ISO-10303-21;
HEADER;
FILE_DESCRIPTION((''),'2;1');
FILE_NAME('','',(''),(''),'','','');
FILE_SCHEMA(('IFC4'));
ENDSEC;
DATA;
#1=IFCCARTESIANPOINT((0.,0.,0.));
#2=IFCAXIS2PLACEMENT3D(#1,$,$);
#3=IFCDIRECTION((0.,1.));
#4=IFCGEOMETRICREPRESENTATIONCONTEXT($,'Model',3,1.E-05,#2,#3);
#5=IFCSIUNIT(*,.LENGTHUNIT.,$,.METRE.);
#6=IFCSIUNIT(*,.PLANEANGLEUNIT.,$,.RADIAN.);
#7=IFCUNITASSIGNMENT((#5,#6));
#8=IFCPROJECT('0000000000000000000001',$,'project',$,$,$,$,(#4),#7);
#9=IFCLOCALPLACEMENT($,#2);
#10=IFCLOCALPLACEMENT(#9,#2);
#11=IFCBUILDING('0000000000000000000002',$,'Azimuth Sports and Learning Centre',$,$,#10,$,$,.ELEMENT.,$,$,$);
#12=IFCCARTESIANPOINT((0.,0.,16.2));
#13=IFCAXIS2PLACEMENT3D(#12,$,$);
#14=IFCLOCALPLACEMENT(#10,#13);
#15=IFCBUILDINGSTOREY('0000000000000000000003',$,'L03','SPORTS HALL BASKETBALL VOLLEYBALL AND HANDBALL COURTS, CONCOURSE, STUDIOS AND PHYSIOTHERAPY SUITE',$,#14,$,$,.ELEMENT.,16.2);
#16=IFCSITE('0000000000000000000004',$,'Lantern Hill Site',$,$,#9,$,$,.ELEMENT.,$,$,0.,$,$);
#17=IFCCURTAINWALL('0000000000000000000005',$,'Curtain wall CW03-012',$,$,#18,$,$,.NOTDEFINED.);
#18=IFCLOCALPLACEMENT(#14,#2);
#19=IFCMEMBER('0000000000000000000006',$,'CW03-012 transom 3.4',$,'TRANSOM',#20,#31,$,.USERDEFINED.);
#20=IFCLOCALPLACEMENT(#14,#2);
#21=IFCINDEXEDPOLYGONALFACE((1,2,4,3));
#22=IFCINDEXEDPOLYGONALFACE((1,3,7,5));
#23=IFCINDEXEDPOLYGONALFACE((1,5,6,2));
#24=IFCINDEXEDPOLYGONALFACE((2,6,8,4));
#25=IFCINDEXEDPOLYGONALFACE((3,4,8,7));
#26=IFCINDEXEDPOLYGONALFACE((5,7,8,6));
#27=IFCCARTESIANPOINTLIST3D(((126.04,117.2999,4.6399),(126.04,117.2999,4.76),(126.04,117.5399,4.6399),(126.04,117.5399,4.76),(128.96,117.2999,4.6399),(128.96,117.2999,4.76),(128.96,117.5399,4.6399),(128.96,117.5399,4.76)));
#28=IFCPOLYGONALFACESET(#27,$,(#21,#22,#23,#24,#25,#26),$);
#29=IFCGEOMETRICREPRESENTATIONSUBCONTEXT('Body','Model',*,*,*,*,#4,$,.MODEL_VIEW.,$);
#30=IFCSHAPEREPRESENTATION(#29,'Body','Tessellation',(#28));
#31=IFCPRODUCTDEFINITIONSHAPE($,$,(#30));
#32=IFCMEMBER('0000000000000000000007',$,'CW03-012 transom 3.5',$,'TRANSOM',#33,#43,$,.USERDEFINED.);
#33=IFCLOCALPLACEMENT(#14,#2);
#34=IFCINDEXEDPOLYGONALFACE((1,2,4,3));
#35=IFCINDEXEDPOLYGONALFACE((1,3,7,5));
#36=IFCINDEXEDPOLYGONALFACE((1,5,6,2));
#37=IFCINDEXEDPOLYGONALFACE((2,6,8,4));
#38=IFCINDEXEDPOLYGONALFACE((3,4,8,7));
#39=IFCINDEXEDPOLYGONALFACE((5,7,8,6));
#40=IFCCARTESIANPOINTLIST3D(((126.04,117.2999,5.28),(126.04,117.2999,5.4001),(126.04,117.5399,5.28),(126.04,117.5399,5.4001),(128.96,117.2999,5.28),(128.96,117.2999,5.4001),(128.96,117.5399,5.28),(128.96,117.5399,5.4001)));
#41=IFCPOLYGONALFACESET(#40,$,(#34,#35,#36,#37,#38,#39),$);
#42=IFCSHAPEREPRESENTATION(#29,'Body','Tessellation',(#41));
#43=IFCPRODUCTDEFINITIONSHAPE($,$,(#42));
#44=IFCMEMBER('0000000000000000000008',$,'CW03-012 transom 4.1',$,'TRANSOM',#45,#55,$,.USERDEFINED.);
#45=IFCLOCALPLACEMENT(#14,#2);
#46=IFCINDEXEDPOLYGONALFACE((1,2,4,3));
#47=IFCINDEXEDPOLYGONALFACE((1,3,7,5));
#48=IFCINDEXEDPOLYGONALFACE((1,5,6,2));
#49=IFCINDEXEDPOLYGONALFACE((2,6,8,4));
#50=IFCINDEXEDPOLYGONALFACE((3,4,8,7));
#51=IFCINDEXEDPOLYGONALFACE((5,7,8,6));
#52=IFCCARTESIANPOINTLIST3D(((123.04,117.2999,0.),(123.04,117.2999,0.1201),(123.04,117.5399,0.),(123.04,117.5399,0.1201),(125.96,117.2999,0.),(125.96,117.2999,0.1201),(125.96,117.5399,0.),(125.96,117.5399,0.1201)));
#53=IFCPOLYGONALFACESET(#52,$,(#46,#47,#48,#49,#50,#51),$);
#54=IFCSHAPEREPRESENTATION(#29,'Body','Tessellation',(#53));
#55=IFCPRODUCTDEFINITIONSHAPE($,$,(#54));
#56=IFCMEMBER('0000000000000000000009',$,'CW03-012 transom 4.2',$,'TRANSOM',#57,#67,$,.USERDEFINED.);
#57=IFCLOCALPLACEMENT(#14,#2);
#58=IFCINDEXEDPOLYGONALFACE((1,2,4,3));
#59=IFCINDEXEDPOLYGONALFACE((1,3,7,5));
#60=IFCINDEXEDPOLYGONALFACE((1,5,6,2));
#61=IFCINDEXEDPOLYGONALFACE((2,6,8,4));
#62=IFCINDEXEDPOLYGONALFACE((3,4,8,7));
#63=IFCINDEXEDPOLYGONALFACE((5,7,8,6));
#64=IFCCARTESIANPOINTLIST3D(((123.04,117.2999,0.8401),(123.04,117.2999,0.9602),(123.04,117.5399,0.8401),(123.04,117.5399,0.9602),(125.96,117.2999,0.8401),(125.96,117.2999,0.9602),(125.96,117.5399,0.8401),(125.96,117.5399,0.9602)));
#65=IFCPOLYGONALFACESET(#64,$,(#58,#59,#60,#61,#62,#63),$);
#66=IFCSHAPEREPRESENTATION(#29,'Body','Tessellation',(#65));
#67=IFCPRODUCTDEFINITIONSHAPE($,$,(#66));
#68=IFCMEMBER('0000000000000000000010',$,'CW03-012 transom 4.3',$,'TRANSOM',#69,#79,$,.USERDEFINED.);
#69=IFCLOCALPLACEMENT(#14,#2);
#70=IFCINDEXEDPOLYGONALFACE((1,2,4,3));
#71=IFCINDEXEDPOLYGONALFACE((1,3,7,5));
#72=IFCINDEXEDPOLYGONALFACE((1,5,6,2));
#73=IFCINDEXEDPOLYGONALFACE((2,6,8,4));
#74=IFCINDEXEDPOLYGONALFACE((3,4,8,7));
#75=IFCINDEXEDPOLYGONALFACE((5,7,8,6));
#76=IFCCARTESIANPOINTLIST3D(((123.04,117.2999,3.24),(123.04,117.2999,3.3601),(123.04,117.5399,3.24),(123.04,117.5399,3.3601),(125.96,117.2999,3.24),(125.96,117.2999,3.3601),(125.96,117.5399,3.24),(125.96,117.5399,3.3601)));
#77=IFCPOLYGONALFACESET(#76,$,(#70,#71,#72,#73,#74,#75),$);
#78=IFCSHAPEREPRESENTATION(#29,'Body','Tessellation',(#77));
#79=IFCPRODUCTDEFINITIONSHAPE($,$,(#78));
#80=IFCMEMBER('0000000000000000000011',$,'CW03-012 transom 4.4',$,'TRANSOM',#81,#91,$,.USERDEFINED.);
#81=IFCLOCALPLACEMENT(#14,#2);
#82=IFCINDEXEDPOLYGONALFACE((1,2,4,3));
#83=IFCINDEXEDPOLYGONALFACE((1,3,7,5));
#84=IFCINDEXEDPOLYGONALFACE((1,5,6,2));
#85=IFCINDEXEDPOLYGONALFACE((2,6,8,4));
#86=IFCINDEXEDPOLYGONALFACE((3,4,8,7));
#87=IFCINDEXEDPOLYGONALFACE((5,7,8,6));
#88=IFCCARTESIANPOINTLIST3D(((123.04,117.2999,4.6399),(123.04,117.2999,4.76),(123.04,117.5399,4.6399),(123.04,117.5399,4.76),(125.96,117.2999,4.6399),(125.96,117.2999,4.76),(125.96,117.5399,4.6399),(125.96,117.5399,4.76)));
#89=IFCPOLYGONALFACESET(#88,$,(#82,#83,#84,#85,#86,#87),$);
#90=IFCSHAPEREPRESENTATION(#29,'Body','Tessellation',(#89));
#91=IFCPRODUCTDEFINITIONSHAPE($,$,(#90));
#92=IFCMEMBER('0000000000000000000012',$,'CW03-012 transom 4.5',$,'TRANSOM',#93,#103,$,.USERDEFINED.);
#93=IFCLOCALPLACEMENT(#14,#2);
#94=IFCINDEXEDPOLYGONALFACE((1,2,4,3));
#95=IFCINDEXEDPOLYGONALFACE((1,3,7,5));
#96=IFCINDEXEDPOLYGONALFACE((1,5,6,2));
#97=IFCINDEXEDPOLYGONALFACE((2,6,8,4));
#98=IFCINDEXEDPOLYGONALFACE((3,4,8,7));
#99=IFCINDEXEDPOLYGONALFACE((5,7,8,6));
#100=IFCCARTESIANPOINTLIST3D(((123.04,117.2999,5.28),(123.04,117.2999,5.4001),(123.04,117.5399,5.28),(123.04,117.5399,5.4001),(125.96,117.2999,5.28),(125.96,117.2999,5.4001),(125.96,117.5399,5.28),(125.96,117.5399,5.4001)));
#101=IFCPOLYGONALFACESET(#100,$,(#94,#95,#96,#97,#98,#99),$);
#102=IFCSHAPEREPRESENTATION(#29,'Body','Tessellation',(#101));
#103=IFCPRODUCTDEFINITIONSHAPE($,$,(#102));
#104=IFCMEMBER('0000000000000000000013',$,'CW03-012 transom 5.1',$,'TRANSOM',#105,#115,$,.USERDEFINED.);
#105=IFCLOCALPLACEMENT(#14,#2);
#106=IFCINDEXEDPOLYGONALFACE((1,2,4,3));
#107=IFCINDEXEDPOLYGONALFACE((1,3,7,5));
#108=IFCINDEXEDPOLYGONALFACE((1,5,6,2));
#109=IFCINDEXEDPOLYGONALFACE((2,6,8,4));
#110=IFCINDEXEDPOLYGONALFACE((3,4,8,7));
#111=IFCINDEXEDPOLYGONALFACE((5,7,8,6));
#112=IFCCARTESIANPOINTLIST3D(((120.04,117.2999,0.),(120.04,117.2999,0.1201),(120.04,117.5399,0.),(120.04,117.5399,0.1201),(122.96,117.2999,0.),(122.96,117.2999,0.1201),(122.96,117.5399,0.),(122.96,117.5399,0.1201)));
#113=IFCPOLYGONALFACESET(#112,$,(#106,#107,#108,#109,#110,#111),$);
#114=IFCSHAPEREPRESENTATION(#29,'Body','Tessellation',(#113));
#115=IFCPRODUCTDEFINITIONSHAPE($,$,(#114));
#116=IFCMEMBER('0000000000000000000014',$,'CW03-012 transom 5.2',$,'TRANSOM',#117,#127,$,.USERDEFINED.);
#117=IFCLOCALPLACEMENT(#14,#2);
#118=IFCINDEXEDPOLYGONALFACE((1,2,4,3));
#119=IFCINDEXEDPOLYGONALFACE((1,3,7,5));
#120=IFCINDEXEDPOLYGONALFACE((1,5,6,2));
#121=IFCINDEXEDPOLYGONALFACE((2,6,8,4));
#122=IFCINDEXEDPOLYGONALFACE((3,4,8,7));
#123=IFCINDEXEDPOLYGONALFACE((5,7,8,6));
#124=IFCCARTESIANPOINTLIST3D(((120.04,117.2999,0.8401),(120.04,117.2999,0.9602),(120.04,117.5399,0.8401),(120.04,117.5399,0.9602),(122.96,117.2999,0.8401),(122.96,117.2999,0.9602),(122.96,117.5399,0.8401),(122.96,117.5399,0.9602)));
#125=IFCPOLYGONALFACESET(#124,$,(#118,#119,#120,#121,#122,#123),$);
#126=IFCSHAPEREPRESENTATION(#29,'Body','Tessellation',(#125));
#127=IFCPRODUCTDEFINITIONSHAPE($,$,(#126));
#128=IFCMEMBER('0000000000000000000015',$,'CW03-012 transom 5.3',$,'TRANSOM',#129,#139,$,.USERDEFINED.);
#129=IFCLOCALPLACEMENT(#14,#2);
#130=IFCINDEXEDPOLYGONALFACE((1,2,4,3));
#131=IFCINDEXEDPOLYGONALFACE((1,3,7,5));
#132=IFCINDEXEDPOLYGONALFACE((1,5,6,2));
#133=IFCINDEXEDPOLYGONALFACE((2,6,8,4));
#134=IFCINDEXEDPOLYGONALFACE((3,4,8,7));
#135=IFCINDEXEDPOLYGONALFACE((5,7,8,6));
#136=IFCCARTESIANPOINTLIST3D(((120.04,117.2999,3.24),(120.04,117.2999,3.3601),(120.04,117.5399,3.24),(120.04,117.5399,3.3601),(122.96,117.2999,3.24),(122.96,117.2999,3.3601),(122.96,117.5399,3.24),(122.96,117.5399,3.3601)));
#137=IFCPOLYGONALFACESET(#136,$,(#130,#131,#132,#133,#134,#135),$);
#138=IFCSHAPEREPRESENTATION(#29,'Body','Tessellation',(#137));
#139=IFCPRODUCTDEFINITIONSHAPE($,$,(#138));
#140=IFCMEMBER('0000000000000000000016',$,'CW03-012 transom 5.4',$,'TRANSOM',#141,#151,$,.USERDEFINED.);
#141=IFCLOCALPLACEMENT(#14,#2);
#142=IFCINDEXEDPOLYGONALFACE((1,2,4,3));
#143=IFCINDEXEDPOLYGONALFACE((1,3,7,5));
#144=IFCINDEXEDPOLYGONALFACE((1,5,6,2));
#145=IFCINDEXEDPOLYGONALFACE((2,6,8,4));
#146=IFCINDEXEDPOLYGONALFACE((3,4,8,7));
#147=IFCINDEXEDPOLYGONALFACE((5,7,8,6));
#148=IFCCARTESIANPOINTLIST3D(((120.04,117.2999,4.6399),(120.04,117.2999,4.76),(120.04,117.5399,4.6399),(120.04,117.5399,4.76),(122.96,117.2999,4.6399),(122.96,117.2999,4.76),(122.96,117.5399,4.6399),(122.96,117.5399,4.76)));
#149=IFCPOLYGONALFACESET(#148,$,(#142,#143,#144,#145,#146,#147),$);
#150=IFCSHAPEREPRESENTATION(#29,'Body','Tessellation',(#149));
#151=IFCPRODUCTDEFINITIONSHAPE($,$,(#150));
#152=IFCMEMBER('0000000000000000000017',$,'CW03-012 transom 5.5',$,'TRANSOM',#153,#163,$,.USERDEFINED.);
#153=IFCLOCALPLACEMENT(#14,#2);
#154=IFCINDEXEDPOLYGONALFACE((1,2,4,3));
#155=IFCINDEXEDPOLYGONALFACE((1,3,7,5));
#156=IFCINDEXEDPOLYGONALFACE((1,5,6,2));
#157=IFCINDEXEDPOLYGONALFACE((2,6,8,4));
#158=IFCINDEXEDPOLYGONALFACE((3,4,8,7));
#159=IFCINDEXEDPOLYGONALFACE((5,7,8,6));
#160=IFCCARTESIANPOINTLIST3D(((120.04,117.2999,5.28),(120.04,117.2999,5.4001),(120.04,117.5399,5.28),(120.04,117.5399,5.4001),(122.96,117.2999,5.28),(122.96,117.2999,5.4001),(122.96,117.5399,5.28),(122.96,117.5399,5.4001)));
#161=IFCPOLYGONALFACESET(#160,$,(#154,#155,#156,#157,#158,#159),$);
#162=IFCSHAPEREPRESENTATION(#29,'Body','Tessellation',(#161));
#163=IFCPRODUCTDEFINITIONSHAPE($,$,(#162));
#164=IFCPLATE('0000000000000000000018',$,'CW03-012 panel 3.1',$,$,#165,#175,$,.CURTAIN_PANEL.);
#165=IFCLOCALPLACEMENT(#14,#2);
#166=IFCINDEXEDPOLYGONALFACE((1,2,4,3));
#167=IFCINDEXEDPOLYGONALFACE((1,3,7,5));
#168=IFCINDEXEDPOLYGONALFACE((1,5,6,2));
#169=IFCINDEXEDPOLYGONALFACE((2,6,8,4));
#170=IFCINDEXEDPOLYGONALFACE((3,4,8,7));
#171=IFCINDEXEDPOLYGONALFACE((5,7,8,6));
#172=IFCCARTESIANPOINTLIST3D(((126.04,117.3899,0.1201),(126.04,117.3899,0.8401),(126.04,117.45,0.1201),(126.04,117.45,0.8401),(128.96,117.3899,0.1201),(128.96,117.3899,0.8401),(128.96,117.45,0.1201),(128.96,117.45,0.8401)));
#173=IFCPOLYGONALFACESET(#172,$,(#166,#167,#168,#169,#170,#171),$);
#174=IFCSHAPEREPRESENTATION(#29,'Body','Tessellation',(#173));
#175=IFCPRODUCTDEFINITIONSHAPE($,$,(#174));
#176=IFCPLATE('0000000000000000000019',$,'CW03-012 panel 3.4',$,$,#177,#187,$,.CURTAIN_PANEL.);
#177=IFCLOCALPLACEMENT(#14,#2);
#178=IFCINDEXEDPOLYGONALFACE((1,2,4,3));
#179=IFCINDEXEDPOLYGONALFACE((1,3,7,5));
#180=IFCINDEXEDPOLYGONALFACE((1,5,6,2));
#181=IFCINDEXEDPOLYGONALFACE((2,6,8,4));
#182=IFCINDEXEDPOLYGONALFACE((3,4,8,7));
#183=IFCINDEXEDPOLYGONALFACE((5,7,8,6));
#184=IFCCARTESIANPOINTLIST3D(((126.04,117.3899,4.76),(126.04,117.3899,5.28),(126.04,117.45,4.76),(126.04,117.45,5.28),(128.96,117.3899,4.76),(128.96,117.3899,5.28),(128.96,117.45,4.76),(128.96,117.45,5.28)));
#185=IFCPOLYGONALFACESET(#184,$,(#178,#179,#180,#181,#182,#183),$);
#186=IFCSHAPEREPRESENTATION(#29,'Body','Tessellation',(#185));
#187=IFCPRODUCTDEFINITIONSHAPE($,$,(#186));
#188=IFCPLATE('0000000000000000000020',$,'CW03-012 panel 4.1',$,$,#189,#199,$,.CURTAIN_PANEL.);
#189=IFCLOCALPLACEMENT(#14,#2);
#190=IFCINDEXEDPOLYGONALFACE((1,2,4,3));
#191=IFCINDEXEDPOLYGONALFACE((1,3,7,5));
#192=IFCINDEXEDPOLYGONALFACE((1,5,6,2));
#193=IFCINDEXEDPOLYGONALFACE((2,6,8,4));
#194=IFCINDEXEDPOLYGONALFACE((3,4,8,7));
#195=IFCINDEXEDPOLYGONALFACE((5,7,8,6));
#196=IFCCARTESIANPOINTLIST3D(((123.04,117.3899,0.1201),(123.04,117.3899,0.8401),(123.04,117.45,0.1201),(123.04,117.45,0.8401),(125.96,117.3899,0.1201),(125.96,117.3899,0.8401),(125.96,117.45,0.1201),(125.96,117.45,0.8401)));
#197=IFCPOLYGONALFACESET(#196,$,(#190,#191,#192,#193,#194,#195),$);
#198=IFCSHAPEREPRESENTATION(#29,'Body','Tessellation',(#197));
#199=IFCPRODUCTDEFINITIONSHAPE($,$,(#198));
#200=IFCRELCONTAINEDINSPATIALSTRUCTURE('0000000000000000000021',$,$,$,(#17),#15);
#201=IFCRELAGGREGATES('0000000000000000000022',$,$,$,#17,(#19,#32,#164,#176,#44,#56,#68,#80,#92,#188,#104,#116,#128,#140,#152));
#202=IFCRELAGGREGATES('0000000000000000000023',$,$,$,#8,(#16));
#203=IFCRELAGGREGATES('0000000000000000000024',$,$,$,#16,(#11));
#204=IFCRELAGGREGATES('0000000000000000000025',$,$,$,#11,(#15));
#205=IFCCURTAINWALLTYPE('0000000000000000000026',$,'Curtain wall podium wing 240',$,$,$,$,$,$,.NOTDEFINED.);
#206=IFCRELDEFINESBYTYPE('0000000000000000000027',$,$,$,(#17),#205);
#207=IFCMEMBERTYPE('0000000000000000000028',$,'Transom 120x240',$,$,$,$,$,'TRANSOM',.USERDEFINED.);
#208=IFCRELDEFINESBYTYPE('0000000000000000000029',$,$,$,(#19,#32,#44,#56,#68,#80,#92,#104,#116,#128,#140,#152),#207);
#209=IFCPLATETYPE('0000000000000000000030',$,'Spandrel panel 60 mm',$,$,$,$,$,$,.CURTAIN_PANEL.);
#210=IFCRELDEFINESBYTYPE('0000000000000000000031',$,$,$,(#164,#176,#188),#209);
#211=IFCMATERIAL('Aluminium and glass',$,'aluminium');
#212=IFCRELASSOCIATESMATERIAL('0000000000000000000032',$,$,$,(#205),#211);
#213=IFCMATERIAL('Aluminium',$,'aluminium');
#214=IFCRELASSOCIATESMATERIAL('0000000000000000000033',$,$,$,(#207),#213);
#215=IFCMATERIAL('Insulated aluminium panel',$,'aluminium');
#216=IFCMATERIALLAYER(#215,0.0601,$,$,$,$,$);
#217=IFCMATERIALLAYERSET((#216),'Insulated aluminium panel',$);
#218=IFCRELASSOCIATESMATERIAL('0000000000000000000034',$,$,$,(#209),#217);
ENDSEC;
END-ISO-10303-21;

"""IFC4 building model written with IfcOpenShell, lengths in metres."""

from ifc_helpers import new_model, si_unit, direction, frame, origin, origin_2d, place, context, subcontext, project, spatial, rectangle, extrude, material, layer, layer_set, material_profile, profile_set, type_object, element, aggregate, save


model = new_model("IFC4")

# Units and contexts
model_context = context("Model", 3, precision=1e-05, world=origin(), true_north=direction((0.0, 1.0)))
body_context = subcontext(model_context, "Body", "Model", "MODEL_VIEW")
ifc_project = project(units=[si_unit("LENGTHUNIT", "METRE"), si_unit("PLANEANGLEUNIT", "RADIAN")], contexts=[model_context])

# Site, building, storey
site_placement = place(None, origin())
site = spatial("IfcSite", under=ifc_project, at=site_placement, Name="Lantern Hill Site", CompositionType="ELEMENT", RefElevation=0.0)
building_placement = place(site_placement, origin())
building = spatial("IfcBuilding", under=site, at=building_placement, Name="Azimuth Sports and Learning Centre", CompositionType="ELEMENT")
storey_placement = place(building_placement, frame((0.0, 0.0, 16.2)))
storey = spatial("IfcBuildingStorey", under=building, at=storey_placement, Name="L03", Description="SPORTS HALL BASKETBALL VOLLEYBALL AND HANDBALL COURTS, CONCOURSE, STUDIOS AND PHYSIOTHERAPY SUITE", CompositionType="ELEMENT", Elevation=16.2)

# Curtain wall, members, plates
ifc_material_1 = material(Name="Aluminium and glass", Category="aluminium")
curtain_wall_type = type_object("IfcCurtainWallType", Name="Curtain wall podium wing 240", PredefinedType="NOTDEFINED", material=ifc_material_1)
curtain_wall_placement = place(storey_placement, origin())
curtain_wall = element("IfcCurtainWall", 1, at=curtain_wall_placement, inside=storey, type_object=curtain_wall_type, Name="Curtain wall CW03-012", PredefinedType="NOTDEFINED")
ifc_material_2 = material(Name="Aluminium", Category="aluminium")
ifc_material_profile_1 = material_profile(ifc_material_2, rectangle(XDim=0.24, YDim=0.1201, at=origin_2d()), Name="Transom 120x240")
ifc_profile_set_1 = profile_set([ifc_material_profile_1], Name="Aluminium")
member_type_1 = type_object("IfcMemberType", Name="Transom 120x240", ElementType="TRANSOM", PredefinedType="USERDEFINED", material=ifc_profile_set_1)
member_1_placement = place(storey_placement, frame((128.96, 117.4199, 4.7), z_axis=(-1.0, 0.0, 0.0), x_axis=(0.0, -1.0, 0.0)))
member_1 = element("IfcMember", 2, at=member_1_placement, type_object=member_type_1, Name="CW03-012 transom 3.4", ObjectType="TRANSOM", PredefinedType="USERDEFINED", context=body_context, shape_type="SweptSolid", body=[
    extrude(rectangle(XDim=0.24, YDim=0.1201, at=origin_2d()), origin(), (0.0, 0.0, 1.0), 2.9199),
])
member_2_placement = place(storey_placement, frame((128.96, 117.4199, 5.3401), z_axis=(-1.0, 0.0, 0.0), x_axis=(0.0, -1.0, 0.0)))
member_2 = element("IfcMember", 3, at=member_2_placement, type_object=member_type_1, Name="CW03-012 transom 3.5", ObjectType="TRANSOM", PredefinedType="USERDEFINED", context=body_context, shape_type="SweptSolid", body=[
    extrude(rectangle(XDim=0.24, YDim=0.1201, at=origin_2d()), origin(), (0.0, 0.0, 1.0), 2.9199),
])
member_3_placement = place(storey_placement, frame((125.96, 117.4199, 0.0601), z_axis=(-1.0, 0.0, 0.0), x_axis=(0.0, -1.0, 0.0)))
member_3 = element("IfcMember", 4, at=member_3_placement, type_object=member_type_1, Name="CW03-012 transom 4.1", ObjectType="TRANSOM", PredefinedType="USERDEFINED", context=body_context, shape_type="SweptSolid", body=[
    extrude(rectangle(XDim=0.24, YDim=0.1201, at=origin_2d()), origin(), (0.0, 0.0, 1.0), 2.9199),
])
member_4_placement = place(storey_placement, frame((125.96, 117.4199, 0.9001), z_axis=(-1.0, 0.0, 0.0), x_axis=(0.0, -1.0, 0.0)))
member_4 = element("IfcMember", 5, at=member_4_placement, type_object=member_type_1, Name="CW03-012 transom 4.2", ObjectType="TRANSOM", PredefinedType="USERDEFINED", context=body_context, shape_type="SweptSolid", body=[
    extrude(rectangle(XDim=0.24, YDim=0.1201, at=origin_2d()), origin(), (0.0, 0.0, 1.0), 2.9199),
])
member_5_placement = place(storey_placement, frame((125.96, 117.4199, 3.3), z_axis=(-1.0, 0.0, 0.0), x_axis=(0.0, -1.0, 0.0)))
member_5 = element("IfcMember", 6, at=member_5_placement, type_object=member_type_1, Name="CW03-012 transom 4.3", ObjectType="TRANSOM", PredefinedType="USERDEFINED", context=body_context, shape_type="SweptSolid", body=[
    extrude(rectangle(XDim=0.24, YDim=0.1201, at=origin_2d()), origin(), (0.0, 0.0, 1.0), 2.9199),
])
member_6_placement = place(storey_placement, frame((125.96, 117.4199, 4.7), z_axis=(-1.0, 0.0, 0.0), x_axis=(0.0, -1.0, 0.0)))
member_6 = element("IfcMember", 7, at=member_6_placement, type_object=member_type_1, Name="CW03-012 transom 4.4", ObjectType="TRANSOM", PredefinedType="USERDEFINED", context=body_context, shape_type="SweptSolid", body=[
    extrude(rectangle(XDim=0.24, YDim=0.1201, at=origin_2d()), origin(), (0.0, 0.0, 1.0), 2.9199),
])
member_7_placement = place(storey_placement, frame((125.96, 117.4199, 5.3401), z_axis=(-1.0, 0.0, 0.0), x_axis=(0.0, -1.0, 0.0)))
member_7 = element("IfcMember", 8, at=member_7_placement, type_object=member_type_1, Name="CW03-012 transom 4.5", ObjectType="TRANSOM", PredefinedType="USERDEFINED", context=body_context, shape_type="SweptSolid", body=[
    extrude(rectangle(XDim=0.24, YDim=0.1201, at=origin_2d()), origin(), (0.0, 0.0, 1.0), 2.9199),
])
member_8_placement = place(storey_placement, frame((122.96, 117.4199, 0.0601), z_axis=(-1.0, 0.0, 0.0), x_axis=(0.0, -1.0, 0.0)))
member_8 = element("IfcMember", 9, at=member_8_placement, type_object=member_type_1, Name="CW03-012 transom 5.1", ObjectType="TRANSOM", PredefinedType="USERDEFINED", context=body_context, shape_type="SweptSolid", body=[
    extrude(rectangle(XDim=0.24, YDim=0.1201, at=origin_2d()), origin(), (0.0, 0.0, 1.0), 2.9199),
])
member_9_placement = place(storey_placement, frame((122.96, 117.4199, 0.9001), z_axis=(-1.0, 0.0, 0.0), x_axis=(0.0, -1.0, 0.0)))
member_9 = element("IfcMember", 10, at=member_9_placement, type_object=member_type_1, Name="CW03-012 transom 5.2", ObjectType="TRANSOM", PredefinedType="USERDEFINED", context=body_context, shape_type="SweptSolid", body=[
    extrude(rectangle(XDim=0.24, YDim=0.1201, at=origin_2d()), origin(), (0.0, 0.0, 1.0), 2.9199),
])
member_10_placement = place(storey_placement, frame((122.96, 117.4199, 3.3), z_axis=(-1.0, 0.0, 0.0), x_axis=(0.0, -1.0, 0.0)))
member_10 = element("IfcMember", 11, at=member_10_placement, type_object=member_type_1, Name="CW03-012 transom 5.3", ObjectType="TRANSOM", PredefinedType="USERDEFINED", context=body_context, shape_type="SweptSolid", body=[
    extrude(rectangle(XDim=0.24, YDim=0.1201, at=origin_2d()), origin(), (0.0, 0.0, 1.0), 2.9199),
])
member_11_placement = place(storey_placement, frame((122.96, 117.4199, 4.7), z_axis=(-1.0, 0.0, 0.0), x_axis=(0.0, -1.0, 0.0)))
member_11 = element("IfcMember", 12, at=member_11_placement, type_object=member_type_1, Name="CW03-012 transom 5.4", ObjectType="TRANSOM", PredefinedType="USERDEFINED", context=body_context, shape_type="SweptSolid", body=[
    extrude(rectangle(XDim=0.24, YDim=0.1201, at=origin_2d()), origin(), (0.0, 0.0, 1.0), 2.9199),
])
member_12_placement = place(storey_placement, frame((122.96, 117.4199, 5.3401), z_axis=(-1.0, 0.0, 0.0), x_axis=(0.0, -1.0, 0.0)))
member_12 = element("IfcMember", 13, at=member_12_placement, type_object=member_type_1, Name="CW03-012 transom 5.5", ObjectType="TRANSOM", PredefinedType="USERDEFINED", context=body_context, shape_type="SweptSolid", body=[
    extrude(rectangle(XDim=0.24, YDim=0.1201, at=origin_2d()), origin(), (0.0, 0.0, 1.0), 2.9199),
])
ifc_material_3 = material(Name="Insulated aluminium panel", Category="aluminium")
ifc_layer_1 = layer(ifc_material_3, 0.0601)
ifc_layer_set_1 = layer_set([ifc_layer_1], Name="Insulated aluminium panel")
plate_type_1 = type_object("IfcPlateType", Name="Spandrel panel 60 mm", PredefinedType="CURTAIN_PANEL", material=ifc_layer_set_1)
plate_1_placement = place(storey_placement, frame((127.5, 117.4199, 0.1201), z_axis=(0.0, 0.0, 1.0), x_axis=(-1.0, 0.0, 0.0)))
plate_1 = element("IfcPlate", 14, at=plate_1_placement, type_object=plate_type_1, Name="CW03-012 panel 3.1", PredefinedType="CURTAIN_PANEL", context=body_context, shape_type="SweptSolid", body=[
    extrude(rectangle(XDim=2.9199, YDim=0.0601, at=origin_2d()), origin(), (0.0, 0.0, 1.0), 0.72),
])
plate_2_placement = place(storey_placement, frame((127.5, 117.4199, 4.76), z_axis=(0.0, 0.0, 1.0), x_axis=(-1.0, 0.0, 0.0)))
plate_2 = element("IfcPlate", 15, at=plate_2_placement, type_object=plate_type_1, Name="CW03-012 panel 3.4", PredefinedType="CURTAIN_PANEL", context=body_context, shape_type="SweptSolid", body=[
    extrude(rectangle(XDim=2.9199, YDim=0.0601, at=origin_2d()), origin(), (0.0, 0.0, 1.0), 0.52),
])
plate_3_placement = place(storey_placement, frame((124.5, 117.4199, 0.1201), z_axis=(0.0, 0.0, 1.0), x_axis=(-1.0, 0.0, 0.0)))
plate_3 = element("IfcPlate", 16, at=plate_3_placement, type_object=plate_type_1, Name="CW03-012 panel 4.1", PredefinedType="CURTAIN_PANEL", context=body_context, shape_type="SweptSolid", body=[
    extrude(rectangle(XDim=2.9199, YDim=0.0601, at=origin_2d()), origin(), (0.0, 0.0, 1.0), 0.72),
])
aggregate(curtain_wall, [member_1, member_2, plate_1, plate_2, member_3, member_4, member_5, member_6, member_7, plate_3, member_8, member_9, member_10, member_11, member_12])

save(model, "model.ifc")
